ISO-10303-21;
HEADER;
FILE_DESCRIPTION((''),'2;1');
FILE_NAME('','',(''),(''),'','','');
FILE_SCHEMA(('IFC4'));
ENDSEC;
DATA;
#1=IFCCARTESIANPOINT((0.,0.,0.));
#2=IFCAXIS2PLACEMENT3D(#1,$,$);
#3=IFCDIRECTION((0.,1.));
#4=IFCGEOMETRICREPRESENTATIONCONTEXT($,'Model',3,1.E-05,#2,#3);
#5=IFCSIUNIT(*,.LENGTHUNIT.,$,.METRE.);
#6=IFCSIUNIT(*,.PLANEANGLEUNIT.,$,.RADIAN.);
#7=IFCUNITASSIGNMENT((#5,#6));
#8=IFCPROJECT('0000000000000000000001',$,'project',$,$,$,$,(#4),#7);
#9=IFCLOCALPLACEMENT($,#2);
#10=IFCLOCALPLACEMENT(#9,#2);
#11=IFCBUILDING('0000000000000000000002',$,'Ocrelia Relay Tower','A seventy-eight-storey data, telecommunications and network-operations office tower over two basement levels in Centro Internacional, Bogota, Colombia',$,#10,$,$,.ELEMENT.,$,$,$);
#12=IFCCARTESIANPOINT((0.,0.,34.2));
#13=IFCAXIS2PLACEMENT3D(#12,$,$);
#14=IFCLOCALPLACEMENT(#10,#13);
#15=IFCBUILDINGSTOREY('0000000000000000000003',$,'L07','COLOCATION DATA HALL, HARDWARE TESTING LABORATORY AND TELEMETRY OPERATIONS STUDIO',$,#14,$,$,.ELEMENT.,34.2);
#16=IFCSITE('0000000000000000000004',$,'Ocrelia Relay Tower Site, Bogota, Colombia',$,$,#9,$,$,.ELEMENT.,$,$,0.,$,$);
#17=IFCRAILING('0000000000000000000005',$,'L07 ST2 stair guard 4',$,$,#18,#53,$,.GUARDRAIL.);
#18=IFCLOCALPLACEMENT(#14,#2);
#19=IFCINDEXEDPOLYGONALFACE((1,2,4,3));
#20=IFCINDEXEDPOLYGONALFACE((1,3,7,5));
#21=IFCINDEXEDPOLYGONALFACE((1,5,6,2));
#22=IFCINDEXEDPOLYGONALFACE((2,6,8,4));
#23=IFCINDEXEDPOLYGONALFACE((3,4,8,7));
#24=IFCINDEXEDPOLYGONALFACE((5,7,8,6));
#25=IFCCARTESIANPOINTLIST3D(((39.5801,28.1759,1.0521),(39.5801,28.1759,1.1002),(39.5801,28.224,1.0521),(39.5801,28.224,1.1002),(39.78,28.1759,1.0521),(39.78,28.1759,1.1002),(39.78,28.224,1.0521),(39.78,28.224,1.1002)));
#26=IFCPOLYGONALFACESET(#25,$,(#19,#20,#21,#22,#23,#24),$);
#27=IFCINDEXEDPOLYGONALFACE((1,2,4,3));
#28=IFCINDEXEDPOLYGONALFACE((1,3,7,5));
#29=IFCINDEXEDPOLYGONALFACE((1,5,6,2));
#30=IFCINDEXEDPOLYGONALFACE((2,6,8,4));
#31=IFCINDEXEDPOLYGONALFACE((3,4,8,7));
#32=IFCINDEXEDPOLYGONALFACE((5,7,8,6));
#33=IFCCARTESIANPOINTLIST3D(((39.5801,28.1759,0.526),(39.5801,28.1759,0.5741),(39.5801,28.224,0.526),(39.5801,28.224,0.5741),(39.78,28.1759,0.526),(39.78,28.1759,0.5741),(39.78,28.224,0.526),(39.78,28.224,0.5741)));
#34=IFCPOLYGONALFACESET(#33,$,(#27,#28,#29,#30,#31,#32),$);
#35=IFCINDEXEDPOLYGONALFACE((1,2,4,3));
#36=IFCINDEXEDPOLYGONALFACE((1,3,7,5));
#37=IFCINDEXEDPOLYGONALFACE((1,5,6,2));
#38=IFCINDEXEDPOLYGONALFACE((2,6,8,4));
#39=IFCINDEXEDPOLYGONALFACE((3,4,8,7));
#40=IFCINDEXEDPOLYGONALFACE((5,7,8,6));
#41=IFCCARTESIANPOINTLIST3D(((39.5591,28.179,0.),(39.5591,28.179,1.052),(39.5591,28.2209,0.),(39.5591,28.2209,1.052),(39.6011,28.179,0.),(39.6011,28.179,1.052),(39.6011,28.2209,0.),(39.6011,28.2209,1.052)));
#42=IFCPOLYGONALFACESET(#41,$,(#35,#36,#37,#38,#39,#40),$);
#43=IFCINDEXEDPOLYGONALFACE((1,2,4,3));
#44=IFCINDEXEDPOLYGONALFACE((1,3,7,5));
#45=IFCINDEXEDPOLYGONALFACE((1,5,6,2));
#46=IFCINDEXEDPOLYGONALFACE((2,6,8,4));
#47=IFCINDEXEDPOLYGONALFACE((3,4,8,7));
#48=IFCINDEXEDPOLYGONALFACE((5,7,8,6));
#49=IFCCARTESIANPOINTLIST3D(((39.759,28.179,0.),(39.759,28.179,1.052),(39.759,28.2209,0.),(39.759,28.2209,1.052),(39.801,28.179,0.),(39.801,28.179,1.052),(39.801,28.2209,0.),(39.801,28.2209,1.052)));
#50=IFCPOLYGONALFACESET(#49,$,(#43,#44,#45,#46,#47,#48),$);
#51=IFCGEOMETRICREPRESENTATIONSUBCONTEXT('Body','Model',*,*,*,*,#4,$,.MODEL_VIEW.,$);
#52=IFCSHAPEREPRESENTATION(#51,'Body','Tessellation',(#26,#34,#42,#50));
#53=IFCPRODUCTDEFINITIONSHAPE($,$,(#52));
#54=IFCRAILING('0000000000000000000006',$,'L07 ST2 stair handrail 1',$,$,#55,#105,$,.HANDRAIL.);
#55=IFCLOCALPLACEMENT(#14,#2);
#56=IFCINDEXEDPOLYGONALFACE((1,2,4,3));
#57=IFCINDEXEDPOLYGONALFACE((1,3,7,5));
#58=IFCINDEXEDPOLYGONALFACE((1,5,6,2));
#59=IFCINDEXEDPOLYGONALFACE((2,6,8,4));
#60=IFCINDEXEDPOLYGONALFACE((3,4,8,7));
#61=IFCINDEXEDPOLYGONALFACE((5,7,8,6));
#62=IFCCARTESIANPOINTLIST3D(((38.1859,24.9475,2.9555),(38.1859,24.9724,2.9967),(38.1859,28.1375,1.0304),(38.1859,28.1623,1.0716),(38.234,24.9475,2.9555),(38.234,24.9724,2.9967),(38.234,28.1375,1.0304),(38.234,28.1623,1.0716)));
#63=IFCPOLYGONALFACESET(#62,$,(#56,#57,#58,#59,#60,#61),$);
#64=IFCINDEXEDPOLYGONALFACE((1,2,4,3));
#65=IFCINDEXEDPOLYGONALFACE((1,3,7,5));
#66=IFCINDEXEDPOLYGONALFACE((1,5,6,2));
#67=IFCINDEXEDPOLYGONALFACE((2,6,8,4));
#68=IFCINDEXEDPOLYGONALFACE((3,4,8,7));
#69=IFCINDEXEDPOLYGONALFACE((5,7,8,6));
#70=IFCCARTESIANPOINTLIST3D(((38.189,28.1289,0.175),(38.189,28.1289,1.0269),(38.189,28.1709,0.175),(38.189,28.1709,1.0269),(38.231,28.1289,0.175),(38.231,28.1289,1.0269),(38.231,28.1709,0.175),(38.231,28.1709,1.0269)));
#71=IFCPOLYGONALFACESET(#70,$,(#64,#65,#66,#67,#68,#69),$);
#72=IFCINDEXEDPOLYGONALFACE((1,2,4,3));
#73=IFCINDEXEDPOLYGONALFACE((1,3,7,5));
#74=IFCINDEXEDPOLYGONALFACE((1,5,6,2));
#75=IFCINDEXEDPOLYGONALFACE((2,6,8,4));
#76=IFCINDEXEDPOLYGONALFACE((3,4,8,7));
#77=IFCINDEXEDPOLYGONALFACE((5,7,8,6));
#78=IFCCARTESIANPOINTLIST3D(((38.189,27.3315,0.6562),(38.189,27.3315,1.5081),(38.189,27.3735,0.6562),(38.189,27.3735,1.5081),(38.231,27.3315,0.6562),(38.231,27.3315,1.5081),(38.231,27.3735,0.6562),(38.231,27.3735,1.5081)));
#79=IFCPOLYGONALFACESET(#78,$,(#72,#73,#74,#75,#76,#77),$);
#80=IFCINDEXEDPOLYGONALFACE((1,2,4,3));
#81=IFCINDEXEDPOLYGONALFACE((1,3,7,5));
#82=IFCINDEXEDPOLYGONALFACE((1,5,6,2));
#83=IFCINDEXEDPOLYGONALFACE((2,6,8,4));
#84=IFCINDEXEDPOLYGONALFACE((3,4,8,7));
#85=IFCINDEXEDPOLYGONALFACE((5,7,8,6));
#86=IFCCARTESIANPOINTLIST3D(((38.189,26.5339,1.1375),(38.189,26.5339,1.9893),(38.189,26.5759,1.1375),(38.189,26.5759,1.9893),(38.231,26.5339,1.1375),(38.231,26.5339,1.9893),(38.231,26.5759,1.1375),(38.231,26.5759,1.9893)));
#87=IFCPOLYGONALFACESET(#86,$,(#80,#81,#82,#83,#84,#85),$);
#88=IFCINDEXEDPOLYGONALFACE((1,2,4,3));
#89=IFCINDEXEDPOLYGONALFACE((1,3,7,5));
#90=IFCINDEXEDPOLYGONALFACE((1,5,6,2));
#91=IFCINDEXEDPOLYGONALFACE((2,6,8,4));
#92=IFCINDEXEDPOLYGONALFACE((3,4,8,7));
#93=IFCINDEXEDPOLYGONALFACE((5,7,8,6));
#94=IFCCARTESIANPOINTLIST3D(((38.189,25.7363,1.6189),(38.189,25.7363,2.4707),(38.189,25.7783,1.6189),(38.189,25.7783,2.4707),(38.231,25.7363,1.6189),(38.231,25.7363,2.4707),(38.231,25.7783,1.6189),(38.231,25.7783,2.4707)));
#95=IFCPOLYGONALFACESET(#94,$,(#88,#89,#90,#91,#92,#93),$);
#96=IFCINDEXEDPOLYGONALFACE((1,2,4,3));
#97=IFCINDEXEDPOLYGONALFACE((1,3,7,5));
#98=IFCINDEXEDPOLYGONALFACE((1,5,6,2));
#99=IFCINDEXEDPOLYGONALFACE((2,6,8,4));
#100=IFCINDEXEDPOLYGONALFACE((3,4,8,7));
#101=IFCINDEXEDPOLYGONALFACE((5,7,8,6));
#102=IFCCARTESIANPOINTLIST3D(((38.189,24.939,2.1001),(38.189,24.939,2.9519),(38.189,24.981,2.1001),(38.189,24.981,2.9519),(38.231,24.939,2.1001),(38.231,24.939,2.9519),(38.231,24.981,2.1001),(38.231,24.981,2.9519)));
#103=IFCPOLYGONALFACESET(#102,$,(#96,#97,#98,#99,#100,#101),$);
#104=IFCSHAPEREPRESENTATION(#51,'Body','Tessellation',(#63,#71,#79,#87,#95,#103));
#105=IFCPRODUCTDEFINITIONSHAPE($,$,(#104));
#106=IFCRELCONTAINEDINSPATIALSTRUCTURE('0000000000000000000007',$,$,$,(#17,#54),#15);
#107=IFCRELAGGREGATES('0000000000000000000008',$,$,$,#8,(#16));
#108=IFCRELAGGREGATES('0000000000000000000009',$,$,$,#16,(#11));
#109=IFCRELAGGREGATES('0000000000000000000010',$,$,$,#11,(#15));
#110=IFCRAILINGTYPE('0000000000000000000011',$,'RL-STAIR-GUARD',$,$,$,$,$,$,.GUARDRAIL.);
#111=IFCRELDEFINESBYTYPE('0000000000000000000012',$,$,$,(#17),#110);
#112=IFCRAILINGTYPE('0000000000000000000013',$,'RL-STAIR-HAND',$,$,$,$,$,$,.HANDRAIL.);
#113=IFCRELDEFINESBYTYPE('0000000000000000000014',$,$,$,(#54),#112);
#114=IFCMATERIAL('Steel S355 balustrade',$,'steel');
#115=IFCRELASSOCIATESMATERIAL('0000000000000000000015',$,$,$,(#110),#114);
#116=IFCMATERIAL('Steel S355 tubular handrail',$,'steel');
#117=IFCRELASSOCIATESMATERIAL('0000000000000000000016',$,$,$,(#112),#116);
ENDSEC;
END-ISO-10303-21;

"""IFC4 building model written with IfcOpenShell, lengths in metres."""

from ifc_helpers import new_model, si_unit, direction, frame, origin, origin_2d, place, context, subcontext, project, spatial, rectangle, extrude, material, type_object, element, save


model = new_model("IFC4")

# Units and contexts
model_context = context("Model", 3, precision=1e-05, world=origin(), true_north=direction((0.0, 1.0)))
body_context = subcontext(model_context, "Body", "Model", "MODEL_VIEW")
ifc_project = project(units=[si_unit("LENGTHUNIT", "METRE"), si_unit("PLANEANGLEUNIT", "RADIAN")], contexts=[model_context])

# Site, building, storey
site_placement = place(None, origin())
site = spatial("IfcSite", under=ifc_project, at=site_placement, Name="Ocrelia Relay Tower Site, Bogota, Colombia", CompositionType="ELEMENT", RefElevation=0.0)
building_placement = place(site_placement, origin())
building = spatial("IfcBuilding", under=site, at=building_placement, Name="Ocrelia Relay Tower", Description="A seventy-eight-storey data, telecommunications and network-operations office tower over two basement levels in Centro Internacional, Bogota, Colombia", CompositionType="ELEMENT")
storey_placement = place(building_placement, frame((0.0, 0.0, 34.2)))
storey = spatial("IfcBuildingStorey", under=building, at=storey_placement, Name="L07", Description="COLOCATION DATA HALL, HARDWARE TESTING LABORATORY AND TELEMETRY OPERATIONS STUDIO", CompositionType="ELEMENT", Elevation=34.2)

# Railings
ifc_material_1 = material(Name="Steel S355 balustrade", Category="steel")
railing_type_1 = type_object("IfcRailingType", Name="RL-STAIR-GUARD", PredefinedType="GUARDRAIL", material=ifc_material_1)
railing_1_placement = place(storey_placement, frame((39.5801, 28.2, 0.0)))
element("IfcRailing", 1, at=railing_1_placement, inside=storey, type_object=railing_type_1, Name="L07 ST2 stair guard 4", PredefinedType="GUARDRAIL", context=body_context, shape_type="SweptSolid", body=[
    extrude(rectangle(XDim=0.0481, YDim=0.0481, at=origin_2d()), frame((0.0, 0.0, 1.0762), z_axis=(1.0, 0.0, 0.0), x_axis=(0.0, 1.0, 0.0)), (0.0, 0.0, 1.0), 0.2),
    extrude(rectangle(XDim=0.0481, YDim=0.0481, at=origin_2d()), frame((0.0, 0.0, 0.55), z_axis=(1.0, 0.0, 0.0), x_axis=(0.0, 1.0, 0.0)), (0.0, 0.0, 1.0), 0.2),
    extrude(rectangle(XDim=0.042, YDim=0.042, at=origin_2d()), origin(), (0.0, 0.0, 1.0), 1.052),
    extrude(rectangle(XDim=0.042, YDim=0.042, at=origin_2d()), frame((0.2, 0.0, 0.0)), (0.0, 0.0, 1.0), 1.052),
])
ifc_material_2 = material(Name="Steel S355 tubular handrail", Category="steel")
railing_type_2 = type_object("IfcRailingType", Name="RL-STAIR-HAND", PredefinedType="HANDRAIL", material=ifc_material_2)
railing_2_placement = place(storey_placement, frame((38.21, 28.1499, 0.175)))
element("IfcRailing", 2, at=railing_2_placement, inside=storey, type_object=railing_type_2, Name="L07 ST2 stair handrail 1", PredefinedType="HANDRAIL", context=body_context, shape_type="SweptSolid", body=[
    extrude(rectangle(XDim=0.0481, YDim=0.0481, at=origin_2d()), frame((0.0, 0.0, 0.876), z_axis=(0.0, -0.856178, 0.516682), x_axis=(1.0, 0.0, 0.0)), (0.0, 0.0, 1.0), 3.7258),
    extrude(rectangle(XDim=0.042, YDim=0.042, at=origin_2d()), origin(), (0.0, 0.0, 1.0), 0.8518),
    extrude(rectangle(XDim=0.042, YDim=0.042, at=origin_2d()), frame((0.0, -0.7974, 0.4812)), (0.0, 0.0, 1.0), 0.8518),
    extrude(rectangle(XDim=0.042, YDim=0.042, at=origin_2d()), frame((0.0, -1.595, 0.9624)), (0.0, 0.0, 1.0), 0.8518),
    extrude(rectangle(XDim=0.042, YDim=0.042, at=origin_2d()), frame((0.0, -2.3926, 1.4438)), (0.0, 0.0, 1.0), 0.8518),
    extrude(rectangle(XDim=0.042, YDim=0.042, at=origin_2d()), frame((0.0, -3.1899, 1.925)), (0.0, 0.0, 1.0), 0.8518),
])

save(model, "model.ifc")
